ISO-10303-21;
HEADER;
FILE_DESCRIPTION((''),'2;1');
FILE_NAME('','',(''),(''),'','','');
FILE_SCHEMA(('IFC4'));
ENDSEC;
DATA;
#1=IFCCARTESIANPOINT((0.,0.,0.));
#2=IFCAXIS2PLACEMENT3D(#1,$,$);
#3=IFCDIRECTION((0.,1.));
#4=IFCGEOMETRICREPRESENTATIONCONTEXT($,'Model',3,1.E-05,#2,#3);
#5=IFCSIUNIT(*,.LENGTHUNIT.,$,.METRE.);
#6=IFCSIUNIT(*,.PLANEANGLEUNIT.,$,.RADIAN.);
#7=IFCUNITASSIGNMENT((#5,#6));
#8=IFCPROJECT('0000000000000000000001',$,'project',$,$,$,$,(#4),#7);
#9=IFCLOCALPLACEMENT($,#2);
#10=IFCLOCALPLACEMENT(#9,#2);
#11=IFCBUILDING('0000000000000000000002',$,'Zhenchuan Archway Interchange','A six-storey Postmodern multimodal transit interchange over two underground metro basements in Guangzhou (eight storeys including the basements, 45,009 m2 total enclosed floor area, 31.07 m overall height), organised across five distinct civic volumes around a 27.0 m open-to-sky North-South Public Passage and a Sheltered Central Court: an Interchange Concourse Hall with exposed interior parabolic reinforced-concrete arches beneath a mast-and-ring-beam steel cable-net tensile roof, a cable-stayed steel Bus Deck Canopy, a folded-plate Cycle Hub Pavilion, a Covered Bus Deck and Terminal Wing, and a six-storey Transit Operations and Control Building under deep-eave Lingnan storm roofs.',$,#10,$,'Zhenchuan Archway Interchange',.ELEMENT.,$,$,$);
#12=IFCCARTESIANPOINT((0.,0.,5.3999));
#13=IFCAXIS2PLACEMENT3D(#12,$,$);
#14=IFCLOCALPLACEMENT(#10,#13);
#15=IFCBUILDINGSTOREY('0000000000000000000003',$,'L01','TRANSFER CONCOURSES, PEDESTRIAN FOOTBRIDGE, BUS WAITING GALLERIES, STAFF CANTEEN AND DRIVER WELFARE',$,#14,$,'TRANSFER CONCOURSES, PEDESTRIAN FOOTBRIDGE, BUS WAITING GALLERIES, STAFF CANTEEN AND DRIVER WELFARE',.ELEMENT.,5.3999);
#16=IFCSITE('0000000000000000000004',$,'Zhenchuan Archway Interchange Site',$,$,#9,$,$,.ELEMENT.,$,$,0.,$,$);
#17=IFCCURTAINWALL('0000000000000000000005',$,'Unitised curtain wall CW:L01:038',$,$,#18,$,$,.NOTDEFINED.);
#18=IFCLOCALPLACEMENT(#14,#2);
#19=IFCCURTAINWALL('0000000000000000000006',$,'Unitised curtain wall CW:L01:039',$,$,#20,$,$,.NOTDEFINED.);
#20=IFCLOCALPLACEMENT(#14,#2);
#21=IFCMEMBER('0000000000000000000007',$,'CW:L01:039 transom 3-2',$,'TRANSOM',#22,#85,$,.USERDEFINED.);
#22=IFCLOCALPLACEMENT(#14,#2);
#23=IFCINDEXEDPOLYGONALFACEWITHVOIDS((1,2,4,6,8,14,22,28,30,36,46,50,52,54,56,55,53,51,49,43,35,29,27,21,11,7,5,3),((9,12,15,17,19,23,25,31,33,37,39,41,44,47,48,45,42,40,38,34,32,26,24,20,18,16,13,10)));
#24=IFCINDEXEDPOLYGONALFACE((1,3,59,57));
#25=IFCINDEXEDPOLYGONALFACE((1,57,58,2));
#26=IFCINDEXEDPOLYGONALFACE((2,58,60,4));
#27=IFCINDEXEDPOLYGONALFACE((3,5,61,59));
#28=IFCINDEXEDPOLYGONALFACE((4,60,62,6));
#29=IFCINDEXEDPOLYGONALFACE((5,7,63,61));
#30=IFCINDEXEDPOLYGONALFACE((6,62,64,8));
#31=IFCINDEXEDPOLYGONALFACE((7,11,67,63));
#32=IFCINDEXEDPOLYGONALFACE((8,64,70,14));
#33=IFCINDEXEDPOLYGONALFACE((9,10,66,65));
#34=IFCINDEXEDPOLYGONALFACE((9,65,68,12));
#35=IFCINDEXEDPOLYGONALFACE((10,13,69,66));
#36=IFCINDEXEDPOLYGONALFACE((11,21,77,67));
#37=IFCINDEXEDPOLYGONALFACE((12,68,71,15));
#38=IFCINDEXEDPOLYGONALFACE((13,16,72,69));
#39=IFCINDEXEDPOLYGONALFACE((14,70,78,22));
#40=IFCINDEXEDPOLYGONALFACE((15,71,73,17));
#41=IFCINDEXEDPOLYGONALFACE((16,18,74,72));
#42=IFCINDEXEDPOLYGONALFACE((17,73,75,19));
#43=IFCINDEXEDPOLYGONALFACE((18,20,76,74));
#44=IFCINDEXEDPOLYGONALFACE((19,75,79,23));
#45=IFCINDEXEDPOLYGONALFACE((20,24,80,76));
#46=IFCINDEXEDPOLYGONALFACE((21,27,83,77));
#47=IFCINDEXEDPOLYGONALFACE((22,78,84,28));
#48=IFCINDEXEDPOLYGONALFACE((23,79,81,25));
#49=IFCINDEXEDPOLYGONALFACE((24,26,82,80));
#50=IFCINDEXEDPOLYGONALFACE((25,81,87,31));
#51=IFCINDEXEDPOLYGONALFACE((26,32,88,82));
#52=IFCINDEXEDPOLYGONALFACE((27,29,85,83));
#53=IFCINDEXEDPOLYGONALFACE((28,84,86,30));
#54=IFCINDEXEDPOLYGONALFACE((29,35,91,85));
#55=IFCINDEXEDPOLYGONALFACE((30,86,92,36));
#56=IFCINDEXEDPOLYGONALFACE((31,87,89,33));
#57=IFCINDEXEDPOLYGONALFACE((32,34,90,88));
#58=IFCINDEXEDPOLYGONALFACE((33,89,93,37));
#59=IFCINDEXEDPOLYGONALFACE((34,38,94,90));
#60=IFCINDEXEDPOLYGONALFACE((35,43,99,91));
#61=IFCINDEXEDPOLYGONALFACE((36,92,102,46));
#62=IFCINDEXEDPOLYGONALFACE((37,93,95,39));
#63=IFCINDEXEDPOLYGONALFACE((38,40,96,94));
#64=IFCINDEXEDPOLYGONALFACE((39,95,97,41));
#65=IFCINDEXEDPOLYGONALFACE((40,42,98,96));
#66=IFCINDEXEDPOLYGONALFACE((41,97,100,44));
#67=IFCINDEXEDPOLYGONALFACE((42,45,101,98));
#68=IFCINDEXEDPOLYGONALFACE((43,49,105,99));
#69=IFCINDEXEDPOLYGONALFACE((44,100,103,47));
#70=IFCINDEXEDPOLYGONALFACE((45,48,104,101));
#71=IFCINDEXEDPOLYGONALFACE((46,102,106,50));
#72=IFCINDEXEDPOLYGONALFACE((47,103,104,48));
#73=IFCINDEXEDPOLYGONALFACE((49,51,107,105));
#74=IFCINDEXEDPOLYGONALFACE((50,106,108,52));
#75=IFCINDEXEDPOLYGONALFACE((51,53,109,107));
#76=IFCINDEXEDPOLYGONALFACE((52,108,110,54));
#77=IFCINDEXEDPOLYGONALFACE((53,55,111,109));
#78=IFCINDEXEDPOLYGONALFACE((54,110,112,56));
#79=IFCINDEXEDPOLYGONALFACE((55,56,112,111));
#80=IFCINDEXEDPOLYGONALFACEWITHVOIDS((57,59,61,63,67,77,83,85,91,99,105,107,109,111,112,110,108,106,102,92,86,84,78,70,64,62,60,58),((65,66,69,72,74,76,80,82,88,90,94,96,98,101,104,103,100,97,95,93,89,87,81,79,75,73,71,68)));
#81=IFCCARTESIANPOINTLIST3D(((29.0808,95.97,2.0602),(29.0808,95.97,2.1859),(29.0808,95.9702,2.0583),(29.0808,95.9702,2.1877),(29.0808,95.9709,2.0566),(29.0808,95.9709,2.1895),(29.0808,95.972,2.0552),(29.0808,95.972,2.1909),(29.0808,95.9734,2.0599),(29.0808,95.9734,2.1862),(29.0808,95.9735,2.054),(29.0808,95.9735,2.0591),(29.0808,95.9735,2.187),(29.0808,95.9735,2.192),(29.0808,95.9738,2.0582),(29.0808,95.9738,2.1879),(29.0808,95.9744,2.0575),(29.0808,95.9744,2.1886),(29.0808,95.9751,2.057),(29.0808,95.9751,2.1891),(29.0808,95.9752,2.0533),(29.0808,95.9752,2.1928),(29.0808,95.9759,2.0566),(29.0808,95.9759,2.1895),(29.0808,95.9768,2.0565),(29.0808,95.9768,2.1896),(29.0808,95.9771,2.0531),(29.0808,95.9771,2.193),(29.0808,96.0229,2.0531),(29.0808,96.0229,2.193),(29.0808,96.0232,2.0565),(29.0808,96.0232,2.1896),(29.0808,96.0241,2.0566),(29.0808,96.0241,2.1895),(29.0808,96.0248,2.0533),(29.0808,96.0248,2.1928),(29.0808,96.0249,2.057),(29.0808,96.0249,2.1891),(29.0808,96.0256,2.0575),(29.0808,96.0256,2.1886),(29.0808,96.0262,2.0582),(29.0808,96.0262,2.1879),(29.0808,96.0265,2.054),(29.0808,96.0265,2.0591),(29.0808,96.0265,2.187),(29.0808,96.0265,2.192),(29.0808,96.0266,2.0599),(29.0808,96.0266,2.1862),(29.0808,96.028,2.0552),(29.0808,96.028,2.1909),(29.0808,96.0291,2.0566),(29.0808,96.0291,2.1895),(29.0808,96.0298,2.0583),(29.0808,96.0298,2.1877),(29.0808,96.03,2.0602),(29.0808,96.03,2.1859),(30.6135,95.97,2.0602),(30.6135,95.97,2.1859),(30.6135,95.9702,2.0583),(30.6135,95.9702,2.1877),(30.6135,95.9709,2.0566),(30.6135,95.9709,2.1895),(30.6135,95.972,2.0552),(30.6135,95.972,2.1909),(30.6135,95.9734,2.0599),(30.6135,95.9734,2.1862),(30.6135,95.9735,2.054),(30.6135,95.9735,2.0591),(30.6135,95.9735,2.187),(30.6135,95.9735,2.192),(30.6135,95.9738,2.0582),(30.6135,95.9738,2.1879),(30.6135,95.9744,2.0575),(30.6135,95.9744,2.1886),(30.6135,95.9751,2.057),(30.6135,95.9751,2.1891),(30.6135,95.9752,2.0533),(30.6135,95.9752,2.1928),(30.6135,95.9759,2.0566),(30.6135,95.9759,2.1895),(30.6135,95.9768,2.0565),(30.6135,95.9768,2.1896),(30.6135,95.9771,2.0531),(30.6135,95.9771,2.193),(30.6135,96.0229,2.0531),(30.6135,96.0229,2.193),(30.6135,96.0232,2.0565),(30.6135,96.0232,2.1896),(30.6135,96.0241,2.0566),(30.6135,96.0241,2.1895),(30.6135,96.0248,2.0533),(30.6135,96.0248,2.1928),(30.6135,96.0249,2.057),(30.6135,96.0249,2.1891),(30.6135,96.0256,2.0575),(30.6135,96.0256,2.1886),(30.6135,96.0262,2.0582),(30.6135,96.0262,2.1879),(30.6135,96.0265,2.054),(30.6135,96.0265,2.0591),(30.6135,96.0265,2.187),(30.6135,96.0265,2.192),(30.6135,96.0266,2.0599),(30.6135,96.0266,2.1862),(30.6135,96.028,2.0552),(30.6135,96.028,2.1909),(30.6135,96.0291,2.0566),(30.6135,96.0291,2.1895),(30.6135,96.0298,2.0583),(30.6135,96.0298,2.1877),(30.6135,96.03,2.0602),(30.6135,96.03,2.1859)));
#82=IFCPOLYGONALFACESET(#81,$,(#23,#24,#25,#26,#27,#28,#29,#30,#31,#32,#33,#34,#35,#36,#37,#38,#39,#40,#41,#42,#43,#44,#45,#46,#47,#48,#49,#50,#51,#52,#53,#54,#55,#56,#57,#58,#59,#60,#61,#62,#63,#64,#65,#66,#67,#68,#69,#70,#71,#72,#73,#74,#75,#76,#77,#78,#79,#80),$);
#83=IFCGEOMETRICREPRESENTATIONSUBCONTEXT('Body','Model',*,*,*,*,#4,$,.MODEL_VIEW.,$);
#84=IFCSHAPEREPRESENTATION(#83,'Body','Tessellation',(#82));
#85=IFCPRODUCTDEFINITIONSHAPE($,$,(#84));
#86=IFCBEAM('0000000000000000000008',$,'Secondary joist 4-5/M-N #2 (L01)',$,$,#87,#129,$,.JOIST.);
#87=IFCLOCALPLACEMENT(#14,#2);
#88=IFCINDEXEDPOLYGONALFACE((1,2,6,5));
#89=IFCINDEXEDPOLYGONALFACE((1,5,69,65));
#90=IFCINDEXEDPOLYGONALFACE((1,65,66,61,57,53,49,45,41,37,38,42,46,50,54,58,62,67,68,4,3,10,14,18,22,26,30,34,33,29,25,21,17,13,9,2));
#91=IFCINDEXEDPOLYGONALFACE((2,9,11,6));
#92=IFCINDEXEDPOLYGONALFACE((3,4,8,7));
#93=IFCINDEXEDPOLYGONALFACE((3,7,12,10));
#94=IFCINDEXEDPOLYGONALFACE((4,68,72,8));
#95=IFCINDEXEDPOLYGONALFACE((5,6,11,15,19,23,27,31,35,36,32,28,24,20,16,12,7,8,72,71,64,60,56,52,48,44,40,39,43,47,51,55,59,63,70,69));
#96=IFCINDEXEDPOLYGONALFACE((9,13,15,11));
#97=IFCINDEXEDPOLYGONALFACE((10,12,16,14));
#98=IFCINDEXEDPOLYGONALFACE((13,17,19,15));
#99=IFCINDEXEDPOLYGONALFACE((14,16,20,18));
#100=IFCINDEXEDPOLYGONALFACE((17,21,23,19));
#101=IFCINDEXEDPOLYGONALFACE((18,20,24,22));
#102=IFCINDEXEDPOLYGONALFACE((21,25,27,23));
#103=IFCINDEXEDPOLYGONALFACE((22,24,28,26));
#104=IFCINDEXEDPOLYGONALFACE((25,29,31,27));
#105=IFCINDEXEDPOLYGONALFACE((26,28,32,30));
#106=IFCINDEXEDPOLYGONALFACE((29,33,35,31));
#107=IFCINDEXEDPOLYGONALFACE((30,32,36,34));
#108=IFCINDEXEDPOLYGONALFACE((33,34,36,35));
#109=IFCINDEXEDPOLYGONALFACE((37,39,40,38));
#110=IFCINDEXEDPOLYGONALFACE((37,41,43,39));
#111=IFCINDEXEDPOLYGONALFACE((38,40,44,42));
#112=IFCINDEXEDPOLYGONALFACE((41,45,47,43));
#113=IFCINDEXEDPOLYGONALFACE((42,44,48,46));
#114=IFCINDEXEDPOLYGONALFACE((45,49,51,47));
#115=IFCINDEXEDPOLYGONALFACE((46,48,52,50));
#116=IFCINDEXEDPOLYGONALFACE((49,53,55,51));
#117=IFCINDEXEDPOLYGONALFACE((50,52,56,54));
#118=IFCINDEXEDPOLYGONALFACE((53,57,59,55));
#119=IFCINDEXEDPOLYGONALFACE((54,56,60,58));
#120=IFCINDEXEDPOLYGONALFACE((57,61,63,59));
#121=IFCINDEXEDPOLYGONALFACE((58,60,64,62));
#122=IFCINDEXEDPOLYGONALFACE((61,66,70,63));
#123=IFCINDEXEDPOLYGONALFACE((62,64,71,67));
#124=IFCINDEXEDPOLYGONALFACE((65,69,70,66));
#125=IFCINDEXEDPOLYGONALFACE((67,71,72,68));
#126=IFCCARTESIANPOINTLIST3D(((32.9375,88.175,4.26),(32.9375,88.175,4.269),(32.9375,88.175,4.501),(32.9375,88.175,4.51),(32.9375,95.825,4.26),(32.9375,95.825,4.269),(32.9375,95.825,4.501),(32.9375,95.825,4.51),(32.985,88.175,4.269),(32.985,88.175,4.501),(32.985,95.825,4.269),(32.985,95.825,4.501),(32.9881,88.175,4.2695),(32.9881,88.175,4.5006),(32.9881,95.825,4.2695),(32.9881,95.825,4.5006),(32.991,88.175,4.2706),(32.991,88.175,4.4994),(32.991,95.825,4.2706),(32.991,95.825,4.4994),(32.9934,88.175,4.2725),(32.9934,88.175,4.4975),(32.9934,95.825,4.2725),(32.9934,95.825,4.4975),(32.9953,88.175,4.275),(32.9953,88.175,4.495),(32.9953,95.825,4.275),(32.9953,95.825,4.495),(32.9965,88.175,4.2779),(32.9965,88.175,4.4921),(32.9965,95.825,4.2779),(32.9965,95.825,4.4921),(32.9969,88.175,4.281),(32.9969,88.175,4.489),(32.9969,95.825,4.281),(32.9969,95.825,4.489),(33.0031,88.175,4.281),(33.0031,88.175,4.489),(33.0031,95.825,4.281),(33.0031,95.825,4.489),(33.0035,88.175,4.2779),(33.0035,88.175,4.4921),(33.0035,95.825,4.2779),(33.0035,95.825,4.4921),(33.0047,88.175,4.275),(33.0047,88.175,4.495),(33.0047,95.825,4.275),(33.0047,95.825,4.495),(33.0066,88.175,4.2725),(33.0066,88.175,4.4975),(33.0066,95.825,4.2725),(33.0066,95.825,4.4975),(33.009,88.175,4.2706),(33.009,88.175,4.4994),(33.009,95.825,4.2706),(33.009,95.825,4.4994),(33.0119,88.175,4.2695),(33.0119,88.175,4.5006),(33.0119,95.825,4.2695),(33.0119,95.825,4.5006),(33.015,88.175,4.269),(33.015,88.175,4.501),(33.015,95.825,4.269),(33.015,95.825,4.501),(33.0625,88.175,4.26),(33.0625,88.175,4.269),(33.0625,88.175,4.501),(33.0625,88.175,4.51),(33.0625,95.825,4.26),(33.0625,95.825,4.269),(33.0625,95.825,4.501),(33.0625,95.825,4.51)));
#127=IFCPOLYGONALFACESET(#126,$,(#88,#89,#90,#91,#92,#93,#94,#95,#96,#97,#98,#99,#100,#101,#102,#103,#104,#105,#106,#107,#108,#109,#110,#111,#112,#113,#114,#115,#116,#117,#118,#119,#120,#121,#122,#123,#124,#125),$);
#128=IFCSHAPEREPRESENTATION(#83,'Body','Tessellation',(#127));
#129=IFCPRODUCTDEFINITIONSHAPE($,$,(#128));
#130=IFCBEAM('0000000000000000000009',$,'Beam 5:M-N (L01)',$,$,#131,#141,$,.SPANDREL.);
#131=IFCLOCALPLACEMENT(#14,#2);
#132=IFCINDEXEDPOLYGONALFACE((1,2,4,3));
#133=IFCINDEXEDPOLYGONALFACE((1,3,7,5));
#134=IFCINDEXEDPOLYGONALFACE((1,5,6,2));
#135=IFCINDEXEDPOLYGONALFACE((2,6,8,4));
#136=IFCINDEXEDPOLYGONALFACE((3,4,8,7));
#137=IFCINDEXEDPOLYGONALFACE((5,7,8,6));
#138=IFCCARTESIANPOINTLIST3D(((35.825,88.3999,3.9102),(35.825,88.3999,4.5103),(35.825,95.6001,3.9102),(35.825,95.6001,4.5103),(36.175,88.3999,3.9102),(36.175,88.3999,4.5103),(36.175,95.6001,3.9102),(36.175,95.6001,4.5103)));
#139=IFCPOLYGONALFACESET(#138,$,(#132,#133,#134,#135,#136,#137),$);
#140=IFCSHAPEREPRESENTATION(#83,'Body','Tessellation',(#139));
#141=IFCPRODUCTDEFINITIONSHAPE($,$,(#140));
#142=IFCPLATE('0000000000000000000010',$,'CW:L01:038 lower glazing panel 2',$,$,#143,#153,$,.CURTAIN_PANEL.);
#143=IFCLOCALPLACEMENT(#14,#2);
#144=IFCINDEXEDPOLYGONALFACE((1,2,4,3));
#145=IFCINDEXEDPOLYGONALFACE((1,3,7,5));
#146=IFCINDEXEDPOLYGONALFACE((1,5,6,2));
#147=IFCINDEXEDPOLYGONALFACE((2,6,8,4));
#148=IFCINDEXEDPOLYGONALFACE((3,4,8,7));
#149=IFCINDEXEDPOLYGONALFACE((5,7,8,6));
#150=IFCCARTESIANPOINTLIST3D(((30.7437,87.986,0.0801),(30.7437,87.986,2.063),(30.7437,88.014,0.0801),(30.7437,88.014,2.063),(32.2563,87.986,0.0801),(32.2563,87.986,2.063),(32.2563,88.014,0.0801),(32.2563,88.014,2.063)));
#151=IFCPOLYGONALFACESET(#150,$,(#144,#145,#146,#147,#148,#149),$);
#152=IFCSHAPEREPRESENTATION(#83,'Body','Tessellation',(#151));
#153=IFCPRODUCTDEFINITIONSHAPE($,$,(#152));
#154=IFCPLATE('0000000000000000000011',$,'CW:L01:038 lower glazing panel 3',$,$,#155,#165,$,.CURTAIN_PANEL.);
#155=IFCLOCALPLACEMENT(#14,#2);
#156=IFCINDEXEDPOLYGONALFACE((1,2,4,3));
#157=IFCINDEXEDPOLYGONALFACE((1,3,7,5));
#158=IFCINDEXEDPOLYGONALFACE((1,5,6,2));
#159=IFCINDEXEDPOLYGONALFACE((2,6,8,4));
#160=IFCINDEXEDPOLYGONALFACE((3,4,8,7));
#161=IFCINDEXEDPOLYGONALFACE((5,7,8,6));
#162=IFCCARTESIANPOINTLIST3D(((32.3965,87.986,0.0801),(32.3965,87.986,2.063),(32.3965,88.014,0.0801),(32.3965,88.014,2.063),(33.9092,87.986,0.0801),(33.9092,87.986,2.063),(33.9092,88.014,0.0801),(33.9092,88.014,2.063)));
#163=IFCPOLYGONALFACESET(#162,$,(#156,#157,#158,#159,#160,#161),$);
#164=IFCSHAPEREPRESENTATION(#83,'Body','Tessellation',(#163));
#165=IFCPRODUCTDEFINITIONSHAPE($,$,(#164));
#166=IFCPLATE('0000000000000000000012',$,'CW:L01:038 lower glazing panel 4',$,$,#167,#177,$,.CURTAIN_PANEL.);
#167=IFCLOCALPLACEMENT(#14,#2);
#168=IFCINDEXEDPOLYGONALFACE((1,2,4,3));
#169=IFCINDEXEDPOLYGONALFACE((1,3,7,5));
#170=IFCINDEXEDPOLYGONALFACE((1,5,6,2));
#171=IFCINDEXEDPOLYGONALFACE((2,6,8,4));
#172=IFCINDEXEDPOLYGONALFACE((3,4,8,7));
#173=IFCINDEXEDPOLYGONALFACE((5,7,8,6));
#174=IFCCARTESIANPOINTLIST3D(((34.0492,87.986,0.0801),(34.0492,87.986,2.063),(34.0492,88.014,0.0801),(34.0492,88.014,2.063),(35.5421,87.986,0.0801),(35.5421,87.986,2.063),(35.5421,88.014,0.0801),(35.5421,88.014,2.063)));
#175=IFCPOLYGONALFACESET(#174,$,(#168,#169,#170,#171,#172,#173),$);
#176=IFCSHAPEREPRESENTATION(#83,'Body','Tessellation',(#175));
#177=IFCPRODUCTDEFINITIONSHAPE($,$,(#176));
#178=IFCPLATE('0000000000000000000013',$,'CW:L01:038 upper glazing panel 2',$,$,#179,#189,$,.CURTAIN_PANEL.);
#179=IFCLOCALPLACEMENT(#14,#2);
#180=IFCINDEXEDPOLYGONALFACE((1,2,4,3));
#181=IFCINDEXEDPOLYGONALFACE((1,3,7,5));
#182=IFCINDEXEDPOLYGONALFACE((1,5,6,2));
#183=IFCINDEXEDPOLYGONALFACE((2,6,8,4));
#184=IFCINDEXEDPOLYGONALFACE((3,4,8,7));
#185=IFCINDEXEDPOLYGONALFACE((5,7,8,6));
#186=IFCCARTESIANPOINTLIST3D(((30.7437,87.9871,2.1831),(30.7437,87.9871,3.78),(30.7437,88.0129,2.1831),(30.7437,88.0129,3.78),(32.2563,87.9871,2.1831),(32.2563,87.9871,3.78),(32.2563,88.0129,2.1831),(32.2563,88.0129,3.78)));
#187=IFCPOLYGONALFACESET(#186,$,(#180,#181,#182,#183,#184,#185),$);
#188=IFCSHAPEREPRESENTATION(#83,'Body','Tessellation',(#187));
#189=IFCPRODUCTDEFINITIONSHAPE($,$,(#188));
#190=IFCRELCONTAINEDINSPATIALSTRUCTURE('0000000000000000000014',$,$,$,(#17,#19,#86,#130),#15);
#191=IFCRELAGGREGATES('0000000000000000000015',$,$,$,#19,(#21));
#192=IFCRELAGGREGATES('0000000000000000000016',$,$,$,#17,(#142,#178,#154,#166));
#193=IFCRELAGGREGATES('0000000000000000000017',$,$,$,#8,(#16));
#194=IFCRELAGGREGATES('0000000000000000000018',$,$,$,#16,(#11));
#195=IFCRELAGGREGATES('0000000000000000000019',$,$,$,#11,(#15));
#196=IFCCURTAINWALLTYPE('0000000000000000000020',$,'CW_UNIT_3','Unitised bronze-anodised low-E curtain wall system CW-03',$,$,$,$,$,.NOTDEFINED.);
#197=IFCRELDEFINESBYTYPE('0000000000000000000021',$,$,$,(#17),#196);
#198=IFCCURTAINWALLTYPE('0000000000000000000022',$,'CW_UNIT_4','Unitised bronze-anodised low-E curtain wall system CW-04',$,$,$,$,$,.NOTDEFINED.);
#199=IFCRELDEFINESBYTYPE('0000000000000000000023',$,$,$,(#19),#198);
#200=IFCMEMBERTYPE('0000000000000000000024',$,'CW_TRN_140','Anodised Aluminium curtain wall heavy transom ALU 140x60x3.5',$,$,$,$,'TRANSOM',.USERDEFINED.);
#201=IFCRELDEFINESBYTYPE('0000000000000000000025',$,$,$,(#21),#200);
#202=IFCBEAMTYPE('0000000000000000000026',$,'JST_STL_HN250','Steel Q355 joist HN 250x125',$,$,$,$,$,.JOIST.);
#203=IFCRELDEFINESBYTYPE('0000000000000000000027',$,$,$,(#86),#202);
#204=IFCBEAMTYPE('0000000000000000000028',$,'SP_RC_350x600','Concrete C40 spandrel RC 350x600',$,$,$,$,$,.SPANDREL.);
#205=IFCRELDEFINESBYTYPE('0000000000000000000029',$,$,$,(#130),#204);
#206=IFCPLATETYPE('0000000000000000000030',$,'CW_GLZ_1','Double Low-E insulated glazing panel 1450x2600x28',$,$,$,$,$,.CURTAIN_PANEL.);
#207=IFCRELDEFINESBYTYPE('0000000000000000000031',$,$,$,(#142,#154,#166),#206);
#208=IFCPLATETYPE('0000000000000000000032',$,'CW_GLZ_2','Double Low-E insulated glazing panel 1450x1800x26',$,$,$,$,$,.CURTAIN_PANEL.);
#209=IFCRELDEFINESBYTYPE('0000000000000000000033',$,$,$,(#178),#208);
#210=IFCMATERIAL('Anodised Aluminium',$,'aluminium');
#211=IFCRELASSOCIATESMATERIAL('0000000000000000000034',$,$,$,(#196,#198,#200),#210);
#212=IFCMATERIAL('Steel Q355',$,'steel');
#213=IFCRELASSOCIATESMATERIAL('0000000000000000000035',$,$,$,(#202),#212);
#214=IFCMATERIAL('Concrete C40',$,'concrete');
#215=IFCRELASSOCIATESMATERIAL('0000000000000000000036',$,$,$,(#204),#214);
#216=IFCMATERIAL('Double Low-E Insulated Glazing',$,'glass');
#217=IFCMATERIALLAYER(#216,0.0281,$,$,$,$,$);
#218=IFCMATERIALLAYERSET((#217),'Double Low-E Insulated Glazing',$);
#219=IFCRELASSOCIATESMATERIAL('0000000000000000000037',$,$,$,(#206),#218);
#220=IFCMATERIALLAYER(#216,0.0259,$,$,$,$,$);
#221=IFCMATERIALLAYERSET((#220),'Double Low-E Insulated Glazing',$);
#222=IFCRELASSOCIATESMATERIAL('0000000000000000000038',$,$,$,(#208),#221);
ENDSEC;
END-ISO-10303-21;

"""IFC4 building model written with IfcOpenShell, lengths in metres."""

from ifc_helpers import new_model, si_unit, direction, frame, origin, origin_2d, place, context, subcontext, project, spatial, rectangle, hollow_rectangle, i_section, extrude, material, layer, layer_set, material_profile, profile_set, type_object, element, aggregate, save


model = new_model("IFC4")

# Units and contexts
model_context = context("Model", 3, precision=1e-05, world=origin(), true_north=direction((0.0, 1.0)))
body_context = subcontext(model_context, "Body", "Model", "MODEL_VIEW")
ifc_project = project(units=[si_unit("LENGTHUNIT", "METRE"), si_unit("PLANEANGLEUNIT", "RADIAN")], contexts=[model_context])

# Site, building, storey
site_placement = place(None, origin())
site = spatial("IfcSite", under=ifc_project, at=site_placement, Name="Zhenchuan Archway Interchange Site", CompositionType="ELEMENT", RefElevation=0.0)
building_placement = place(site_placement, origin())
building = spatial("IfcBuilding", under=site, at=building_placement, Name="Zhenchuan Archway Interchange", Description="A six-storey Postmodern multimodal transit interchange over two underground metro basements in Guangzhou (eight storeys including the basements, 45,009 m2 total enclosed floor area, 31.07 m overall height), organised across five distinct civic volumes around a 27.0 m open-to-sky North-South Public Passage and a Sheltered Central Court: an Interchange Concourse Hall with exposed interior parabolic reinforced-concrete arches beneath a mast-and-ring-beam steel cable-net tensile roof, a cable-stayed steel Bus Deck Canopy, a folded-plate Cycle Hub Pavilion, a Covered Bus Deck and Terminal Wing, and a six-storey Transit Operations and Control Building under deep-eave Lingnan storm roofs.", LongName="Zhenchuan Archway Interchange", CompositionType="ELEMENT")
storey_placement = place(building_placement, frame((0.0, 0.0, 5.3999)))
storey = spatial("IfcBuildingStorey", under=building, at=storey_placement, Name="L01", Description="TRANSFER CONCOURSES, PEDESTRIAN FOOTBRIDGE, BUS WAITING GALLERIES, STAFF CANTEEN AND DRIVER WELFARE", LongName="TRANSFER CONCOURSES, PEDESTRIAN FOOTBRIDGE, BUS WAITING GALLERIES, STAFF CANTEEN AND DRIVER WELFARE", CompositionType="ELEMENT", Elevation=5.3999)

# Shared definitions
ifc_material_1 = material(Name="Concrete C40", Category="concrete")

# Curtain walls, member
ifc_material_2 = material(Name="Anodised Aluminium", Category="aluminium")
curtain_wall_type_1 = type_object("IfcCurtainWallType", Name="CW_UNIT_3", Description="Unitised bronze-anodised low-E curtain wall system CW-03", PredefinedType="NOTDEFINED", material=ifc_material_2)
curtain_wall_1_placement = place(storey_placement, origin())
curtain_wall_1 = element("IfcCurtainWall", 1, at=curtain_wall_1_placement, inside=storey, type_object=curtain_wall_type_1, Name="Unitised curtain wall CW:L01:038", PredefinedType="NOTDEFINED")
ifc_material_profile_1 = material_profile(ifc_material_2, hollow_rectangle(XDim=0.0601, YDim=0.1399, WallThickness=0.0034, InnerFilletRadius=0.0034, OuterFilletRadius=0.0071, at=origin_2d()), Name="ALU 140x60x3.5")
ifc_profile_set_1 = profile_set([ifc_material_profile_1], Name="Anodised Aluminium")
member_type_1 = type_object("IfcMemberType", Name="CW_TRN_140", Description="Anodised Aluminium curtain wall heavy transom ALU 140x60x3.5", ElementType="TRANSOM", PredefinedType="USERDEFINED", material=ifc_profile_set_1)
curtain_wall_type_2 = type_object("IfcCurtainWallType", Name="CW_UNIT_4", Description="Unitised bronze-anodised low-E curtain wall system CW-04", PredefinedType="NOTDEFINED", material=ifc_material_2)
curtain_wall_2_placement = place(storey_placement, origin())
curtain_wall_2 = element("IfcCurtainWall", 2, at=curtain_wall_2_placement, inside=storey, type_object=curtain_wall_type_2, Name="Unitised curtain wall CW:L01:039", PredefinedType="NOTDEFINED")
member_1_placement = place(storey_placement, frame((30.6135, 96.0, 2.123), z_axis=(-1.0, 0.0, 0.0), x_axis=(0.0, -1.0, 0.0)))
member_1 = element("IfcMember", 3, at=member_1_placement, type_object=member_type_1, Name="CW:L01:039 transom 3-2", ObjectType="TRANSOM", PredefinedType="USERDEFINED", context=body_context, shape_type="SweptSolid", body=[
    extrude(hollow_rectangle(XDim=0.0601, YDim=0.1399, WallThickness=0.0034, InnerFilletRadius=0.0034, OuterFilletRadius=0.0071, at=origin_2d()), origin(), (0.0, 0.0, 1.0), 1.5327),
])
aggregate(curtain_wall_2, [member_1])

# Beams
ifc_material_3 = material(Name="Steel Q355", Category="steel")
ifc_material_profile_2 = material_profile(ifc_material_3, i_section(OverallWidth=0.125, OverallDepth=0.25, WebThickness=0.0061, FlangeThickness=0.009, FilletRadius=0.012, at=origin_2d()), Name="HN 250x125")
ifc_profile_set_2 = profile_set([ifc_material_profile_2], Name="Steel Q355")
beam_type_1 = type_object("IfcBeamType", Name="JST_STL_HN250", Description="Steel Q355 joist HN 250x125", PredefinedType="JOIST", material=ifc_profile_set_2)
beam_1_placement = place(storey_placement, frame((33.0, 88.175, 4.385), z_axis=(0.0, 1.0, 0.0), x_axis=(-1.0, 0.0, 0.0)))
element("IfcBeam", 4, at=beam_1_placement, inside=storey, type_object=beam_type_1, Name="Secondary joist 4-5/M-N #2 (L01)", PredefinedType="JOIST", context=body_context, shape_type="SweptSolid", body=[
    extrude(i_section(OverallWidth=0.125, OverallDepth=0.25, WebThickness=0.0061, FlangeThickness=0.009, FilletRadius=0.012, at=origin_2d()), origin(), (0.0, 0.0, 1.0), 7.6499),
])
ifc_material_profile_3 = material_profile(ifc_material_1, rectangle(XDim=0.3501, YDim=0.6001, at=origin_2d()), Name="RC 350x600")
ifc_profile_set_3 = profile_set([ifc_material_profile_3], Name="Concrete C40")
beam_type_2 = type_object("IfcBeamType", Name="SP_RC_350x600", Description="Concrete C40 spandrel RC 350x600", PredefinedType="SPANDREL", material=ifc_profile_set_3)
beam_2_placement = place(storey_placement, frame((36.0, 88.3999, 4.2102), z_axis=(0.0, 1.0, 0.0), x_axis=(-1.0, 0.0, 0.0)))
element("IfcBeam", 5, at=beam_2_placement, inside=storey, type_object=beam_type_2, Name="Beam 5:M-N (L01)", PredefinedType="SPANDREL", context=body_context, shape_type="SweptSolid", body=[
    extrude(rectangle(XDim=0.3501, YDim=0.6001, at=origin_2d()), origin(), (0.0, 0.0, 1.0), 7.2002),
])

# Plates
ifc_material_4 = material(Name="Double Low-E Insulated Glazing", Category="glass")
ifc_layer_1 = layer(ifc_material_4, 0.0281)
ifc_layer_set_1 = layer_set([ifc_layer_1], Name="Double Low-E Insulated Glazing")
plate_type_1 = type_object("IfcPlateType", Name="CW_GLZ_1", Description="Double Low-E insulated glazing panel 1450x2600x28", PredefinedType="CURTAIN_PANEL", material=ifc_layer_set_1)
plate_1_placement = place(storey_placement, frame((31.5, 88.0, 0.0801), z_axis=(0.0, 0.0, 1.0), x_axis=(1.0, 0.0, 0.0)))
plate_1 = element("IfcPlate", 6, at=plate_1_placement, type_object=plate_type_1, Name="CW:L01:038 lower glazing panel 2", PredefinedType="CURTAIN_PANEL", context=body_context, shape_type="SweptSolid", body=[
    extrude(rectangle(XDim=1.5127, YDim=0.0281, at=origin_2d()), origin(), (0.0, 0.0, 1.0), 1.9829),
])
plate_2_placement = place(storey_placement, frame((33.1528, 88.0, 0.0801), z_axis=(0.0, 0.0, 1.0), x_axis=(1.0, 0.0, 0.0)))
plate_2 = element("IfcPlate", 7, at=plate_2_placement, type_object=plate_type_1, Name="CW:L01:038 lower glazing panel 3", PredefinedType="CURTAIN_PANEL", context=body_context, shape_type="SweptSolid", body=[
    extrude(rectangle(XDim=1.5127, YDim=0.0281, at=origin_2d()), origin(), (0.0, 0.0, 1.0), 1.9829),
])
plate_3_placement = place(storey_placement, frame((34.7957, 88.0, 0.0801), z_axis=(0.0, 0.0, 1.0), x_axis=(1.0, 0.0, 0.0)))
plate_3 = element("IfcPlate", 8, at=plate_3_placement, type_object=plate_type_1, Name="CW:L01:038 lower glazing panel 4", PredefinedType="CURTAIN_PANEL", context=body_context, shape_type="SweptSolid", body=[
    extrude(rectangle(XDim=1.4929, YDim=0.0281, at=origin_2d()), origin(), (0.0, 0.0, 1.0), 1.9829),
])
ifc_layer_2 = layer(ifc_material_4, 0.0259)
ifc_layer_set_2 = layer_set([ifc_layer_2], Name="Double Low-E Insulated Glazing")
plate_type_2 = type_object("IfcPlateType", Name="CW_GLZ_2", Description="Double Low-E insulated glazing panel 1450x1800x26", PredefinedType="CURTAIN_PANEL", material=ifc_layer_set_2)
plate_4_placement = place(storey_placement, frame((31.5, 88.0, 2.1831), z_axis=(0.0, 0.0, 1.0), x_axis=(1.0, 0.0, 0.0)))
plate_4 = element("IfcPlate", 9, at=plate_4_placement, type_object=plate_type_2, Name="CW:L01:038 upper glazing panel 2", PredefinedType="CURTAIN_PANEL", context=body_context, shape_type="SweptSolid", body=[
    extrude(rectangle(XDim=1.5127, YDim=0.0259, at=origin_2d()), origin(), (0.0, 0.0, 1.0), 1.5969),
])
aggregate(curtain_wall_1, [plate_1, plate_4, plate_2, plate_3])

save(model, "model.ifc")
